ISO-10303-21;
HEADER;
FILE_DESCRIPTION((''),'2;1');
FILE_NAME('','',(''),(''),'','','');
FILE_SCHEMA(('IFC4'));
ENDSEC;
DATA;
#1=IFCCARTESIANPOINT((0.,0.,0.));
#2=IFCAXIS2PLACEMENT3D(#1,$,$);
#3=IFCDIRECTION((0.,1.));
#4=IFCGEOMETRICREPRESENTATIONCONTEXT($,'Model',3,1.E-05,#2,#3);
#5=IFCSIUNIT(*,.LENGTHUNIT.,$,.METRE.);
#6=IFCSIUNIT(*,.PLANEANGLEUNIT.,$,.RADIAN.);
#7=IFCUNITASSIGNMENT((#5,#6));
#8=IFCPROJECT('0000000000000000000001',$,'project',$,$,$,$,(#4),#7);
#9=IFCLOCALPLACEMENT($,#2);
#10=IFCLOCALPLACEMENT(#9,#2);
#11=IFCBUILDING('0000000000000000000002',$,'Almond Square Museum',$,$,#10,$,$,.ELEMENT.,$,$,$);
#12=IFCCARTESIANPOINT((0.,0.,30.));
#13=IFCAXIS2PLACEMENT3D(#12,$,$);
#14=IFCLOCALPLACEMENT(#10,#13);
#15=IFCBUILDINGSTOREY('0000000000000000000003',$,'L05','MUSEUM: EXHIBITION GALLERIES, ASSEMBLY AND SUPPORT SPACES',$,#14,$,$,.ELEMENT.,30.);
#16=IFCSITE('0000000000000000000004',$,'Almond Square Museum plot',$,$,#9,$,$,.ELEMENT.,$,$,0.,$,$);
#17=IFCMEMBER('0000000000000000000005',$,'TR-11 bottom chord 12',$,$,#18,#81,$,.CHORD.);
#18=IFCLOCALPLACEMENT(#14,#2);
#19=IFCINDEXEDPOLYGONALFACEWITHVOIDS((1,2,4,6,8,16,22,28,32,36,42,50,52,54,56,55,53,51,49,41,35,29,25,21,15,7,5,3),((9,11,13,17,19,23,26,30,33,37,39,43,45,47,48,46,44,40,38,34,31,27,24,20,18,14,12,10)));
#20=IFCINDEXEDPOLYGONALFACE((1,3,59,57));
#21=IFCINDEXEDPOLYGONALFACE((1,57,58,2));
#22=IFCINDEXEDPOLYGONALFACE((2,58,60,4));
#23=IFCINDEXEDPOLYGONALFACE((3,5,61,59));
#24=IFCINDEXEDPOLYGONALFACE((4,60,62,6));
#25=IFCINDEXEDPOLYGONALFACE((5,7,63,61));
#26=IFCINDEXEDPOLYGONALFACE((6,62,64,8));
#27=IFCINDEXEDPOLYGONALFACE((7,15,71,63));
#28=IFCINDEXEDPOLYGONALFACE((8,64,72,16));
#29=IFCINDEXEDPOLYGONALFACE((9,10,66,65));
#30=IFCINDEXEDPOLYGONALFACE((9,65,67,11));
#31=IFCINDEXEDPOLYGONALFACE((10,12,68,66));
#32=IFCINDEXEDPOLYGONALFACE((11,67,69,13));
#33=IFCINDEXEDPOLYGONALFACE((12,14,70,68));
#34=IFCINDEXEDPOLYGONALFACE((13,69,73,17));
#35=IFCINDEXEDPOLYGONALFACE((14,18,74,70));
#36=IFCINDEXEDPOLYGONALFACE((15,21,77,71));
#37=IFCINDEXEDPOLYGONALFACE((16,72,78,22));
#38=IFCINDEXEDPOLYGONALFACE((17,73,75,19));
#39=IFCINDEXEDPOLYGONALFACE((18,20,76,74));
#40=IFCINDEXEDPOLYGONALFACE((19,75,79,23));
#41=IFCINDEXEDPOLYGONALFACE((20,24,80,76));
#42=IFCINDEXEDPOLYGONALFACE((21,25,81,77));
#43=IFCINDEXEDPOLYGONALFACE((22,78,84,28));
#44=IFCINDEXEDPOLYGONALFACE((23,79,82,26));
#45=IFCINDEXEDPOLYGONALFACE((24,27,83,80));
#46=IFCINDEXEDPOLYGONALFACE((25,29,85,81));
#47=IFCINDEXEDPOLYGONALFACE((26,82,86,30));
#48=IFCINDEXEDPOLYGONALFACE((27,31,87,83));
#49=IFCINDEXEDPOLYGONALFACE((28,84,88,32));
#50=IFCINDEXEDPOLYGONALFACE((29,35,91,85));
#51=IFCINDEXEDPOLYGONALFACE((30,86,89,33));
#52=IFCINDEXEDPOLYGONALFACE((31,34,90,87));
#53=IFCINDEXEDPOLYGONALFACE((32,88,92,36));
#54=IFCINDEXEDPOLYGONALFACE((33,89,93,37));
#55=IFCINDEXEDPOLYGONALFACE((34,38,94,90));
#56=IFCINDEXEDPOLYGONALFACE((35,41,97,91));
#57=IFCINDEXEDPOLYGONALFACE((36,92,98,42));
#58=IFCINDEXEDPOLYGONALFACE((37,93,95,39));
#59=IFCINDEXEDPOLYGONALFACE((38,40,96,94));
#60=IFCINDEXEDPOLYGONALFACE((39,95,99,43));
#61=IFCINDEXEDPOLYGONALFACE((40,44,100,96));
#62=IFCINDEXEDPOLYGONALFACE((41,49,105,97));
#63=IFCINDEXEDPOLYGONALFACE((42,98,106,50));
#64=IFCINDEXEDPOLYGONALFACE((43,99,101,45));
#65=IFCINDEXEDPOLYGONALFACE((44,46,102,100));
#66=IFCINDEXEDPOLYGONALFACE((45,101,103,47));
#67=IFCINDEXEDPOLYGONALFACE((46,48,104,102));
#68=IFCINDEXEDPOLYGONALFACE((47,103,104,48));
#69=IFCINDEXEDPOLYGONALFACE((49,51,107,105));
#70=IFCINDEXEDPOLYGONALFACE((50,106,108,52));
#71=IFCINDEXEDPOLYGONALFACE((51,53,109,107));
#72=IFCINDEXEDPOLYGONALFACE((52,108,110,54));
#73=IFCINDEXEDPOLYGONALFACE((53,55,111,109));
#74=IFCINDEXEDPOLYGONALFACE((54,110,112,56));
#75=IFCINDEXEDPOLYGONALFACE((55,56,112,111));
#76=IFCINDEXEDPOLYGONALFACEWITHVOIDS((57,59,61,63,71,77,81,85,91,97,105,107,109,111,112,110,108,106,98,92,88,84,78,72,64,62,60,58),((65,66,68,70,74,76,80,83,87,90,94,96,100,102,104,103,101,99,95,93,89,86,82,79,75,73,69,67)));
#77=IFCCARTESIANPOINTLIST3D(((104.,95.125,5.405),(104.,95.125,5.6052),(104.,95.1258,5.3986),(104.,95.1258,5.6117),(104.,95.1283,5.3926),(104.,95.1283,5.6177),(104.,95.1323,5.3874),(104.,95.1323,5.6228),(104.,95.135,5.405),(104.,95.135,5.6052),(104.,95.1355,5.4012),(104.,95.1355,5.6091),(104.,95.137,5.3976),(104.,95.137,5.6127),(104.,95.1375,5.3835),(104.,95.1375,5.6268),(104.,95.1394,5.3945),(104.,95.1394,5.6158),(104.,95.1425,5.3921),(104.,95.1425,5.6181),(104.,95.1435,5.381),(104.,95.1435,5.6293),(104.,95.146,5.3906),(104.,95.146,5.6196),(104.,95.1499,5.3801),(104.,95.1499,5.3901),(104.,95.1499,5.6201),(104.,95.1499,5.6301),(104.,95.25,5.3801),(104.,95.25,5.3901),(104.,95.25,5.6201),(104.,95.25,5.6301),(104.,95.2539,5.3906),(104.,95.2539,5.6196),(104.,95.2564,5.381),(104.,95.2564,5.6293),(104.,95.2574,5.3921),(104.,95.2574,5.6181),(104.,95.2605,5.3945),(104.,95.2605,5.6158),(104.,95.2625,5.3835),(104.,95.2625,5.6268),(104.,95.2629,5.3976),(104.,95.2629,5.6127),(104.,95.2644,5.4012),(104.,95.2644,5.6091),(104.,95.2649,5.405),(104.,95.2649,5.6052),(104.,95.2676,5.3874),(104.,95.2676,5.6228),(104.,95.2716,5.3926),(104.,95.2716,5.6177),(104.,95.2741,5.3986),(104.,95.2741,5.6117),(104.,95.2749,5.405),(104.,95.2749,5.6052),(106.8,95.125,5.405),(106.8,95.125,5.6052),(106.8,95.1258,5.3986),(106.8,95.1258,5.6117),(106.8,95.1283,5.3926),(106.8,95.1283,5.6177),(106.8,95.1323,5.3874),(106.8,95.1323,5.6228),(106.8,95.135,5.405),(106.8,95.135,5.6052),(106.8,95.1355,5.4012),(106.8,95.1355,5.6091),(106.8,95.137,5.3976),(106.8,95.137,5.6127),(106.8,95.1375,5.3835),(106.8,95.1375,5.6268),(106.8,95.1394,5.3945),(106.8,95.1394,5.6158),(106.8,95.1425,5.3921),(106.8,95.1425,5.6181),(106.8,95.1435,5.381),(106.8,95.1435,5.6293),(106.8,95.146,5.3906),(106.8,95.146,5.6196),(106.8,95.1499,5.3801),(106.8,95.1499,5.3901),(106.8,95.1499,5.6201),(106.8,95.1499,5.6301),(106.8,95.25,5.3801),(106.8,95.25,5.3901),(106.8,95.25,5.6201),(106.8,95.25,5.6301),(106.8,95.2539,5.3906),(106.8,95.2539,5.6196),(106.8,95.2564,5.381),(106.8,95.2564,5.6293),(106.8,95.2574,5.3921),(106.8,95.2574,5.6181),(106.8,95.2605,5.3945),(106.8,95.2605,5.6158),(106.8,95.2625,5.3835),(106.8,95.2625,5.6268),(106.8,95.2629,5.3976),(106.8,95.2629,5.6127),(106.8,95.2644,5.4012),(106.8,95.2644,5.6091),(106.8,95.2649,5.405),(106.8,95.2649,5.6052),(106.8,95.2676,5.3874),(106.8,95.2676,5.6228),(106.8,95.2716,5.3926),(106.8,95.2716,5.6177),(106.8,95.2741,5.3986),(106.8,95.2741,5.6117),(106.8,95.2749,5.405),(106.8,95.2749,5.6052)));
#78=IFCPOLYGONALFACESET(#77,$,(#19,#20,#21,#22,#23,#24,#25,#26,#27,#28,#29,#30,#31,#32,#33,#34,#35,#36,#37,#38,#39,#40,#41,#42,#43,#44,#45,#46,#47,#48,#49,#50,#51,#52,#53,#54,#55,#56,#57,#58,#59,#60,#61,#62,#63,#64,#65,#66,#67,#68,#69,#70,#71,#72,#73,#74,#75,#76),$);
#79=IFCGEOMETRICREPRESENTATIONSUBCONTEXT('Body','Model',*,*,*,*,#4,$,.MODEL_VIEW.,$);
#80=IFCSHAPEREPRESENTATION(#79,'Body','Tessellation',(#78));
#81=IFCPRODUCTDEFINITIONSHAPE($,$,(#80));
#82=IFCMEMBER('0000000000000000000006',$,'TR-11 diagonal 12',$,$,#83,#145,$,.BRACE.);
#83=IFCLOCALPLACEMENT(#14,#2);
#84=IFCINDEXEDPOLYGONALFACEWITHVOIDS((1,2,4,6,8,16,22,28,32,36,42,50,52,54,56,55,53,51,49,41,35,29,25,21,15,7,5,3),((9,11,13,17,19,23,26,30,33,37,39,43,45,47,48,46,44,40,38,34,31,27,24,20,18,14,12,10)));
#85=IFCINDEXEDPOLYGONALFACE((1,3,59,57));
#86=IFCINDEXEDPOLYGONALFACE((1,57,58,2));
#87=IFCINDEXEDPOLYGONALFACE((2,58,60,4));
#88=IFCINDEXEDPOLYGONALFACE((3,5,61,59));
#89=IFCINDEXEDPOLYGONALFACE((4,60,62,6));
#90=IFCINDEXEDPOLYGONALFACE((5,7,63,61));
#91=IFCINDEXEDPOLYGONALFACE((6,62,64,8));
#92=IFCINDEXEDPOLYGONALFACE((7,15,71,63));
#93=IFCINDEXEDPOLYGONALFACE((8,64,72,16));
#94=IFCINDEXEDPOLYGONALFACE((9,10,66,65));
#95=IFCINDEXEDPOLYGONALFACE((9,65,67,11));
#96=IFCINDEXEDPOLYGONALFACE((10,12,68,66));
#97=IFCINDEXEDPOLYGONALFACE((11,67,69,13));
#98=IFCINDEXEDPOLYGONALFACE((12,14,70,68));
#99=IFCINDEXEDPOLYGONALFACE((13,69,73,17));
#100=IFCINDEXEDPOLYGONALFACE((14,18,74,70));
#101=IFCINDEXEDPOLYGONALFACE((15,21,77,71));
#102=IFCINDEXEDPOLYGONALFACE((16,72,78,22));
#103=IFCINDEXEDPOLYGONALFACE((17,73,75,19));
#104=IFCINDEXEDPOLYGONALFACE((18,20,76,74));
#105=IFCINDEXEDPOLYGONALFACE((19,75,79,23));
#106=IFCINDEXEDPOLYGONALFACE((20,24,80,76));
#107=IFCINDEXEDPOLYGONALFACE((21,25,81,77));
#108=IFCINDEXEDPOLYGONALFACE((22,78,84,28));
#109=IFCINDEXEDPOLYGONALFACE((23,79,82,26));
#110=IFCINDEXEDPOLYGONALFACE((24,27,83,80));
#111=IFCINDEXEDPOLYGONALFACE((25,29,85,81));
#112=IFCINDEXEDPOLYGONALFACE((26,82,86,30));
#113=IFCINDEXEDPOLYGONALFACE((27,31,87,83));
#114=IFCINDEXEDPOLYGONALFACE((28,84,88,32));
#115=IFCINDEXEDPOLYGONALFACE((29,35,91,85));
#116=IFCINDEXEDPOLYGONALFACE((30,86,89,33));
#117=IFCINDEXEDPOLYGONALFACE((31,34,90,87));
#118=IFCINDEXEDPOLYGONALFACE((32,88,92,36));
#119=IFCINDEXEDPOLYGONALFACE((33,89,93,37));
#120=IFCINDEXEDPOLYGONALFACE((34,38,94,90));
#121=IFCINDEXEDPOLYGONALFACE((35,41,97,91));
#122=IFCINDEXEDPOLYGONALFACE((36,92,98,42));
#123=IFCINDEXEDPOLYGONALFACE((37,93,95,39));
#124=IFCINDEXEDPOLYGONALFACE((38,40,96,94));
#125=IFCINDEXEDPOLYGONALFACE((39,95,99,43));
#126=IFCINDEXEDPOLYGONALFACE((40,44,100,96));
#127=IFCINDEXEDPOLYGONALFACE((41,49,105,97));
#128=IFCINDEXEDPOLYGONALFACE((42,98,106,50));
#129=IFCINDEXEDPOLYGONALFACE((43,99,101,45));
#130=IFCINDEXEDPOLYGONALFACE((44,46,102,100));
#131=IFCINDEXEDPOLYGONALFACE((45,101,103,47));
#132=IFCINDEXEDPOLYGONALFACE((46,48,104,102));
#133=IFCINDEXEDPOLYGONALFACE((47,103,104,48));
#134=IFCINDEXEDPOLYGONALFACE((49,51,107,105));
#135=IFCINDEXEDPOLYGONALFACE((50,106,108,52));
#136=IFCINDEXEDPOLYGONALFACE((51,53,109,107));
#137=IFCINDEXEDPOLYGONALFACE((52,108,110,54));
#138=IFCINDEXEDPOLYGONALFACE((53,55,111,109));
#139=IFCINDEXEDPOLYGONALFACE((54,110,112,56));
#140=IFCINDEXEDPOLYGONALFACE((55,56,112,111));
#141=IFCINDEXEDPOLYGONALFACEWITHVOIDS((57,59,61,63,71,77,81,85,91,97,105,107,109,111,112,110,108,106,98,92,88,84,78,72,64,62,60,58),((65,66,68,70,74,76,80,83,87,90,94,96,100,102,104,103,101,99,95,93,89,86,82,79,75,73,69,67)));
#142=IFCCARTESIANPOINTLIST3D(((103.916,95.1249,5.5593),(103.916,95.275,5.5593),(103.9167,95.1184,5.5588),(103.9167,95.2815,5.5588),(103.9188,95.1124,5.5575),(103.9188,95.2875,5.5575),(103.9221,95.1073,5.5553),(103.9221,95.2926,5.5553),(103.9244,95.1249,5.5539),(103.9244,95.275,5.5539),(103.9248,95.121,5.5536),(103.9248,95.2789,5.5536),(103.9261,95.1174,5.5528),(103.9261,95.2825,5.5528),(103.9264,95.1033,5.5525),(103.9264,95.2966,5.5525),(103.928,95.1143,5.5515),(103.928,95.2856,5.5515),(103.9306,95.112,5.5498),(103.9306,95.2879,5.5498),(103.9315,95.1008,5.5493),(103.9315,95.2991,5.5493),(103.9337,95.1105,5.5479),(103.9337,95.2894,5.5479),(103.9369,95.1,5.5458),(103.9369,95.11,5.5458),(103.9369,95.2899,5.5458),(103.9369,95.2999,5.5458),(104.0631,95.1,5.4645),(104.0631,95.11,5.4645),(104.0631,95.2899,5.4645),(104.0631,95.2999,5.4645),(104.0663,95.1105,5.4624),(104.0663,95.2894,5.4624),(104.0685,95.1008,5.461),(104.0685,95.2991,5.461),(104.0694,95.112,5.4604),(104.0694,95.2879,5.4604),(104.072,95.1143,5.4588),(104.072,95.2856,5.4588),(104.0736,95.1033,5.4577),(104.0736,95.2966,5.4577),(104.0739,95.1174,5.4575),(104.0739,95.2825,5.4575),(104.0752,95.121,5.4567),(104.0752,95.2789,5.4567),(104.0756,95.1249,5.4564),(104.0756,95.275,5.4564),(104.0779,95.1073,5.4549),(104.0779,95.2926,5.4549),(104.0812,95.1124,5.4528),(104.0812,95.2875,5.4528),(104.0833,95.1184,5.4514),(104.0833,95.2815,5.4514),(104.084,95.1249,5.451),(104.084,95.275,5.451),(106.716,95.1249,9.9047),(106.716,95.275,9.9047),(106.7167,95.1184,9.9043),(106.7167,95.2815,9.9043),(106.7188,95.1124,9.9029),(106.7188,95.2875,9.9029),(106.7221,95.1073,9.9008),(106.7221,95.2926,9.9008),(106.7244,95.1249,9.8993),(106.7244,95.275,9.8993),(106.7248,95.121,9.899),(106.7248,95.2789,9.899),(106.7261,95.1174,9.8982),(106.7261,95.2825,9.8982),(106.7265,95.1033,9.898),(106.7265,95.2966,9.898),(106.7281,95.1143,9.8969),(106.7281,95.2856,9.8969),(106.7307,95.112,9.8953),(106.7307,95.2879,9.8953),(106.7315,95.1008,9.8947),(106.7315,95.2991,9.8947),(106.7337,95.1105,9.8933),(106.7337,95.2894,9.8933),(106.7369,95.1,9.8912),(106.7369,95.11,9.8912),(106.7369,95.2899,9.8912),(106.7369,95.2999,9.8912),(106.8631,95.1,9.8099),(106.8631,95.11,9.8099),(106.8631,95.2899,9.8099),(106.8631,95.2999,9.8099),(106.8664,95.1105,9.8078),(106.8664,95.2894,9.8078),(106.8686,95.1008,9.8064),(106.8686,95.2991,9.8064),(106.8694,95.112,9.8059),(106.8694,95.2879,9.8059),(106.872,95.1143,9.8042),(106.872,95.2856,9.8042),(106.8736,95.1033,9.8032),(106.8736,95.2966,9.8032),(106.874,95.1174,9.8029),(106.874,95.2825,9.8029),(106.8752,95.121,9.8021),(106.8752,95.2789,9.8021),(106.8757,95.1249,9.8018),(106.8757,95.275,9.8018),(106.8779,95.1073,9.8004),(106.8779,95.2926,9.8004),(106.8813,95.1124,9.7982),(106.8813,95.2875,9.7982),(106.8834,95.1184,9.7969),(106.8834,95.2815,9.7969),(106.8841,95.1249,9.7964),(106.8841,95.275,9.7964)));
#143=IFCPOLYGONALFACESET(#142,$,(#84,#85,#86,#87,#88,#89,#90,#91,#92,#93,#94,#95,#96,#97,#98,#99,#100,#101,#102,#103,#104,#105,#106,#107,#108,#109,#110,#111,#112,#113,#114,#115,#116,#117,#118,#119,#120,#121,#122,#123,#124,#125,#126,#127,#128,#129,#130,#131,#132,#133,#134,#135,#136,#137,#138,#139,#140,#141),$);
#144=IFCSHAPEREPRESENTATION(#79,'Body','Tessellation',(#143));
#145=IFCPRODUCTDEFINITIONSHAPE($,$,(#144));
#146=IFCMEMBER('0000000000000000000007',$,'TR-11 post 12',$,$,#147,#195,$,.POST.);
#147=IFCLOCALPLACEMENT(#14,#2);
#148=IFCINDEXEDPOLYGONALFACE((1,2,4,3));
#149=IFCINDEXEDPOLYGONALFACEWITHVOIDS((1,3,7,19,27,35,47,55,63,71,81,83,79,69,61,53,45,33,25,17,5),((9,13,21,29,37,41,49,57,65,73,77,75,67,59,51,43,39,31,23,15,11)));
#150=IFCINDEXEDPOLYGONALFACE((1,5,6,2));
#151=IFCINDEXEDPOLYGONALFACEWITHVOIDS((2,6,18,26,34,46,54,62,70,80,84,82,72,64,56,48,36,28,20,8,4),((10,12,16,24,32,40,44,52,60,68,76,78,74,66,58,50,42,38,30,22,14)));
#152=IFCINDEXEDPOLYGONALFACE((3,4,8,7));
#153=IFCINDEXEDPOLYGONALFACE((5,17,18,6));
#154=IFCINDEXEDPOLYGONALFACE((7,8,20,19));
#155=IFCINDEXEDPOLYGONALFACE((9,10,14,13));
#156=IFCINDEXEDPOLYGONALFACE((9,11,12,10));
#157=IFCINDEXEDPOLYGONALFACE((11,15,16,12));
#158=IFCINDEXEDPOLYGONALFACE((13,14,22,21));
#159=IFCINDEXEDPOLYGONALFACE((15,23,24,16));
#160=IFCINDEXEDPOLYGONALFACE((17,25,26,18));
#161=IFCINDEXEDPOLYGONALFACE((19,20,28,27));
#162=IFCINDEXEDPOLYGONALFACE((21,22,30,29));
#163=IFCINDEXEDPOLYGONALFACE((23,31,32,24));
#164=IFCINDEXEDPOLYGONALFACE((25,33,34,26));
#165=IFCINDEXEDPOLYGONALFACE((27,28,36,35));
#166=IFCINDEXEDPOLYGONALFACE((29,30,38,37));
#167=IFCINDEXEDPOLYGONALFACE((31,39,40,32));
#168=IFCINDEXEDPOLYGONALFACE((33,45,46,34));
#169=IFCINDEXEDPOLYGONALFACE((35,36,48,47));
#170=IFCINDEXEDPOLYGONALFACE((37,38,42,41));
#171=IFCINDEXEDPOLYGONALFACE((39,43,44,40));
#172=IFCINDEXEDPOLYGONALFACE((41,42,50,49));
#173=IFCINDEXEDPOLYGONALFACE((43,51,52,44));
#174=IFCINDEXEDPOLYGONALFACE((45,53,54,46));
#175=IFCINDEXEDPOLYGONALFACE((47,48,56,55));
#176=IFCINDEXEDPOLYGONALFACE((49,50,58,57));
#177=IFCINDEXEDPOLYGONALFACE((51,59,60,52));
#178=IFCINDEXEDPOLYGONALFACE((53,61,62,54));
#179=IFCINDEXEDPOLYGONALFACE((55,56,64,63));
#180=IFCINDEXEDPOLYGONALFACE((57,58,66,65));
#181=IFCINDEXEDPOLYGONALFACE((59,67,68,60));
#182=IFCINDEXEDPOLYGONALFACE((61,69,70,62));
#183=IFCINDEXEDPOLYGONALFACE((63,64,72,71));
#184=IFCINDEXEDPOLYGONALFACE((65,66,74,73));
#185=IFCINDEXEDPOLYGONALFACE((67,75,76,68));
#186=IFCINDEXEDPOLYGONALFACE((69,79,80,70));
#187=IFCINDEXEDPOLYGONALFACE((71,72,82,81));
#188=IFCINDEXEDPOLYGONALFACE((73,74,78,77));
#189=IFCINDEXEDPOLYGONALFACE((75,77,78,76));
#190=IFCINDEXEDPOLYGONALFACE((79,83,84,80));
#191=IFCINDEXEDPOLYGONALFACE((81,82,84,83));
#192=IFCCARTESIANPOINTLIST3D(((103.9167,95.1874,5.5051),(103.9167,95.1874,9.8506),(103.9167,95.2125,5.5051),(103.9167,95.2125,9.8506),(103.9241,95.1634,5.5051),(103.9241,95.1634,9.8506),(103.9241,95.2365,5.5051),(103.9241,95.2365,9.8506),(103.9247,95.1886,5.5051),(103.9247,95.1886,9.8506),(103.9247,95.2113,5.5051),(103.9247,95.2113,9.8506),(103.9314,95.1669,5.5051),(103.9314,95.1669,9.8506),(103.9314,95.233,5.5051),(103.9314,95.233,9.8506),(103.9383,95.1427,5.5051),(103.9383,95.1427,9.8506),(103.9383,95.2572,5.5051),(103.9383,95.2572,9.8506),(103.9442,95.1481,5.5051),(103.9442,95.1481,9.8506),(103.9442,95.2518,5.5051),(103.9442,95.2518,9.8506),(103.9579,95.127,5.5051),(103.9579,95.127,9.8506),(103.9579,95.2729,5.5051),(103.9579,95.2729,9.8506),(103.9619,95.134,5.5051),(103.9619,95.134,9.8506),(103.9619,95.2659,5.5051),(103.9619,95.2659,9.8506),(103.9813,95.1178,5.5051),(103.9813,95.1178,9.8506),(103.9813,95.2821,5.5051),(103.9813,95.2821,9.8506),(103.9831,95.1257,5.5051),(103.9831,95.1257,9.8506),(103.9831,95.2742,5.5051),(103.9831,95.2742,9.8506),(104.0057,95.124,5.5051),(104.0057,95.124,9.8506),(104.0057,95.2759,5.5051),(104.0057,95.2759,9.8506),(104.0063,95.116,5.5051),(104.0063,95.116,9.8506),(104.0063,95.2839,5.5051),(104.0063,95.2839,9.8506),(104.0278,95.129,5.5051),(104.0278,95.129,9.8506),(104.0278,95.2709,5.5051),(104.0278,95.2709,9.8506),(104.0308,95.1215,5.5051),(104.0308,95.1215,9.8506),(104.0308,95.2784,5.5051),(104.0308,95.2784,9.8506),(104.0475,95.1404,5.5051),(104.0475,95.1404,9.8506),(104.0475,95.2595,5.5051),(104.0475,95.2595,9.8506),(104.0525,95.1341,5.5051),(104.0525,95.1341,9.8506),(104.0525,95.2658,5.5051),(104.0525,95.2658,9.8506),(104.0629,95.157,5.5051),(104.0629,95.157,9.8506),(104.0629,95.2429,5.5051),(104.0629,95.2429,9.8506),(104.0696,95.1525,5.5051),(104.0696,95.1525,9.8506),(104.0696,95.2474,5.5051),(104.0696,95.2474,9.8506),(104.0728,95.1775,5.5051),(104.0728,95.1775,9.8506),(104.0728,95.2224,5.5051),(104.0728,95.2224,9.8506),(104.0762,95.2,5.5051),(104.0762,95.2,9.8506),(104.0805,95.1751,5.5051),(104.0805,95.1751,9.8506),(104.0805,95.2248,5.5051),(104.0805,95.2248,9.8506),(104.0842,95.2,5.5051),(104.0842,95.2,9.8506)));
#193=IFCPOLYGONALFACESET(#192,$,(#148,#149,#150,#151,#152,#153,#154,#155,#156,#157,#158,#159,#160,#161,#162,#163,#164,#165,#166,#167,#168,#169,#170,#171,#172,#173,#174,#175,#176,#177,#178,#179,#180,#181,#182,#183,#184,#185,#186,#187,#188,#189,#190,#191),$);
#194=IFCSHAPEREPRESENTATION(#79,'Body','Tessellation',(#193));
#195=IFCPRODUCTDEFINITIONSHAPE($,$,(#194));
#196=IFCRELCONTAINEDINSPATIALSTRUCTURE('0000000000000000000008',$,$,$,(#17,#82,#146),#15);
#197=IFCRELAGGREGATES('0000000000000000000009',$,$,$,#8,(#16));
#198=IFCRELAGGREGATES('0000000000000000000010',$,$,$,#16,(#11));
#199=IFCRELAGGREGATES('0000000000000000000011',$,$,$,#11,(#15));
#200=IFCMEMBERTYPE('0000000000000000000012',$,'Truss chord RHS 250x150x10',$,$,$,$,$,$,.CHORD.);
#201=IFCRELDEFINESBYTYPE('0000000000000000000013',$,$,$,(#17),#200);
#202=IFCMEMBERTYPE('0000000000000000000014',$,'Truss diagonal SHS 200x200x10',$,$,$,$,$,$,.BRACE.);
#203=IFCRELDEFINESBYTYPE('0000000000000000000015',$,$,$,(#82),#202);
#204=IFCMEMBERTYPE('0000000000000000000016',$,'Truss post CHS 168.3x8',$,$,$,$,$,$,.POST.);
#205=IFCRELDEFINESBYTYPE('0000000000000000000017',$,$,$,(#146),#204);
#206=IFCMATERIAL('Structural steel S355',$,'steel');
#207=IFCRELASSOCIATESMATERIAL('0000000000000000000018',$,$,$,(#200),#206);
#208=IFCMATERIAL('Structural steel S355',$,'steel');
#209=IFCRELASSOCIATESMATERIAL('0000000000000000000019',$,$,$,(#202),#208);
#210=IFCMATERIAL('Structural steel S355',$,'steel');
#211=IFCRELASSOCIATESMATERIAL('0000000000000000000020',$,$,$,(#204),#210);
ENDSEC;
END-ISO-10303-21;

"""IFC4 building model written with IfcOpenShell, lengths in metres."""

from ifc_helpers import new_model, si_unit, direction, frame, origin, origin_2d, place, context, subcontext, project, spatial, hollow_rectangle, hollow_circle, extrude, material, material_profile, profile_set, type_object, element, save


model = new_model("IFC4")

# Units and contexts
model_context = context("Model", 3, precision=1e-05, world=origin(), true_north=direction((0.0, 1.0)))
body_context = subcontext(model_context, "Body", "Model", "MODEL_VIEW")
ifc_project = project(units=[si_unit("LENGTHUNIT", "METRE"), si_unit("PLANEANGLEUNIT", "RADIAN")], contexts=[model_context])

# Site, building, storey
site_placement = place(None, origin())
site = spatial("IfcSite", under=ifc_project, at=site_placement, Name="Almond Square Museum plot", CompositionType="ELEMENT", RefElevation=0.0)
building_placement = place(site_placement, origin())
building = spatial("IfcBuilding", under=site, at=building_placement, Name="Almond Square Museum", CompositionType="ELEMENT")
storey_placement = place(building_placement, frame((0.0, 0.0, 30.0)))
storey = spatial("IfcBuildingStorey", under=building, at=storey_placement, Name="L05", Description="MUSEUM: EXHIBITION GALLERIES, ASSEMBLY AND SUPPORT SPACES", CompositionType="ELEMENT", Elevation=30.0)

# Members
ifc_material_1 = material(Name="Structural steel S355", Category="steel")
ifc_material_profile_1 = material_profile(ifc_material_1, hollow_rectangle(XDim=0.1499, YDim=0.25, WallThickness=0.01, InnerFilletRadius=0.0149, OuterFilletRadius=0.0249, at=origin_2d()))
ifc_profile_set_1 = profile_set([ifc_material_profile_1], Name="Structural steel S355")
member_type_1 = type_object("IfcMemberType", Name="Truss chord RHS 250x150x10", PredefinedType="CHORD", material=ifc_profile_set_1)
member_1_placement = place(storey_placement, frame((104.0, 95.2, 5.5051), z_axis=(1.0, 0.0, 0.0), x_axis=(0.0, 1.0, 0.0)))
element("IfcMember", 1, at=member_1_placement, inside=storey, type_object=member_type_1, Name="TR-11 bottom chord 12", PredefinedType="CHORD", context=body_context, shape_type="SweptSolid", body=[
    extrude(hollow_rectangle(XDim=0.1499, YDim=0.25, WallThickness=0.01, InnerFilletRadius=0.0149, OuterFilletRadius=0.0249, at=origin_2d()), origin(), (0.0, 0.0, 1.0), 2.8),
])
ifc_material_2 = material(Name="Structural steel S355", Category="steel")
ifc_material_profile_2 = material_profile(ifc_material_2, hollow_rectangle(XDim=0.2, YDim=0.2, WallThickness=0.01, InnerFilletRadius=0.0149, OuterFilletRadius=0.0249, at=origin_2d()))
ifc_profile_set_2 = profile_set([ifc_material_profile_2], Name="Structural steel S355")
member_type_2 = type_object("IfcMemberType", Name="Truss diagonal SHS 200x200x10", PredefinedType="BRACE", material=ifc_profile_set_2)
member_2_placement = place(storey_placement, frame((104.0, 95.2, 5.5051), z_axis=(0.541652, 0.0, 0.840603), x_axis=(0.0, 1.0, 0.0)))
element("IfcMember", 2, at=member_2_placement, inside=storey, type_object=member_type_2, Name="TR-11 diagonal 12", PredefinedType="BRACE", context=body_context, shape_type="SweptSolid", body=[
    extrude(hollow_rectangle(XDim=0.2, YDim=0.2, WallThickness=0.01, InnerFilletRadius=0.0149, OuterFilletRadius=0.0249, at=origin_2d()), origin(), (0.0, 0.0, 1.0), 5.1694),
])
ifc_material_3 = material(Name="Structural steel S355", Category="steel")
ifc_material_profile_3 = material_profile(ifc_material_3, hollow_circle(Radius=0.0842, WallThickness=0.0081, at=origin_2d()))
ifc_profile_set_3 = profile_set([ifc_material_profile_3], Name="Structural steel S355")
member_type_3 = type_object("IfcMemberType", Name="Truss post CHS 168.3x8", PredefinedType="POST", material=ifc_profile_set_3)
member_3_placement = place(storey_placement, frame((104.0, 95.2, 5.5051), z_axis=(0.0, 0.0, 1.0), x_axis=(1.0, 0.0, 0.0)))
element("IfcMember", 3, at=member_3_placement, inside=storey, type_object=member_type_3, Name="TR-11 post 12", PredefinedType="POST", context=body_context, shape_type="SweptSolid", body=[
    extrude(hollow_circle(Radius=0.0842, WallThickness=0.0081, at=origin_2d()), origin(), (0.0, 0.0, 1.0), 4.3455),
])

save(model, "model.ifc")
